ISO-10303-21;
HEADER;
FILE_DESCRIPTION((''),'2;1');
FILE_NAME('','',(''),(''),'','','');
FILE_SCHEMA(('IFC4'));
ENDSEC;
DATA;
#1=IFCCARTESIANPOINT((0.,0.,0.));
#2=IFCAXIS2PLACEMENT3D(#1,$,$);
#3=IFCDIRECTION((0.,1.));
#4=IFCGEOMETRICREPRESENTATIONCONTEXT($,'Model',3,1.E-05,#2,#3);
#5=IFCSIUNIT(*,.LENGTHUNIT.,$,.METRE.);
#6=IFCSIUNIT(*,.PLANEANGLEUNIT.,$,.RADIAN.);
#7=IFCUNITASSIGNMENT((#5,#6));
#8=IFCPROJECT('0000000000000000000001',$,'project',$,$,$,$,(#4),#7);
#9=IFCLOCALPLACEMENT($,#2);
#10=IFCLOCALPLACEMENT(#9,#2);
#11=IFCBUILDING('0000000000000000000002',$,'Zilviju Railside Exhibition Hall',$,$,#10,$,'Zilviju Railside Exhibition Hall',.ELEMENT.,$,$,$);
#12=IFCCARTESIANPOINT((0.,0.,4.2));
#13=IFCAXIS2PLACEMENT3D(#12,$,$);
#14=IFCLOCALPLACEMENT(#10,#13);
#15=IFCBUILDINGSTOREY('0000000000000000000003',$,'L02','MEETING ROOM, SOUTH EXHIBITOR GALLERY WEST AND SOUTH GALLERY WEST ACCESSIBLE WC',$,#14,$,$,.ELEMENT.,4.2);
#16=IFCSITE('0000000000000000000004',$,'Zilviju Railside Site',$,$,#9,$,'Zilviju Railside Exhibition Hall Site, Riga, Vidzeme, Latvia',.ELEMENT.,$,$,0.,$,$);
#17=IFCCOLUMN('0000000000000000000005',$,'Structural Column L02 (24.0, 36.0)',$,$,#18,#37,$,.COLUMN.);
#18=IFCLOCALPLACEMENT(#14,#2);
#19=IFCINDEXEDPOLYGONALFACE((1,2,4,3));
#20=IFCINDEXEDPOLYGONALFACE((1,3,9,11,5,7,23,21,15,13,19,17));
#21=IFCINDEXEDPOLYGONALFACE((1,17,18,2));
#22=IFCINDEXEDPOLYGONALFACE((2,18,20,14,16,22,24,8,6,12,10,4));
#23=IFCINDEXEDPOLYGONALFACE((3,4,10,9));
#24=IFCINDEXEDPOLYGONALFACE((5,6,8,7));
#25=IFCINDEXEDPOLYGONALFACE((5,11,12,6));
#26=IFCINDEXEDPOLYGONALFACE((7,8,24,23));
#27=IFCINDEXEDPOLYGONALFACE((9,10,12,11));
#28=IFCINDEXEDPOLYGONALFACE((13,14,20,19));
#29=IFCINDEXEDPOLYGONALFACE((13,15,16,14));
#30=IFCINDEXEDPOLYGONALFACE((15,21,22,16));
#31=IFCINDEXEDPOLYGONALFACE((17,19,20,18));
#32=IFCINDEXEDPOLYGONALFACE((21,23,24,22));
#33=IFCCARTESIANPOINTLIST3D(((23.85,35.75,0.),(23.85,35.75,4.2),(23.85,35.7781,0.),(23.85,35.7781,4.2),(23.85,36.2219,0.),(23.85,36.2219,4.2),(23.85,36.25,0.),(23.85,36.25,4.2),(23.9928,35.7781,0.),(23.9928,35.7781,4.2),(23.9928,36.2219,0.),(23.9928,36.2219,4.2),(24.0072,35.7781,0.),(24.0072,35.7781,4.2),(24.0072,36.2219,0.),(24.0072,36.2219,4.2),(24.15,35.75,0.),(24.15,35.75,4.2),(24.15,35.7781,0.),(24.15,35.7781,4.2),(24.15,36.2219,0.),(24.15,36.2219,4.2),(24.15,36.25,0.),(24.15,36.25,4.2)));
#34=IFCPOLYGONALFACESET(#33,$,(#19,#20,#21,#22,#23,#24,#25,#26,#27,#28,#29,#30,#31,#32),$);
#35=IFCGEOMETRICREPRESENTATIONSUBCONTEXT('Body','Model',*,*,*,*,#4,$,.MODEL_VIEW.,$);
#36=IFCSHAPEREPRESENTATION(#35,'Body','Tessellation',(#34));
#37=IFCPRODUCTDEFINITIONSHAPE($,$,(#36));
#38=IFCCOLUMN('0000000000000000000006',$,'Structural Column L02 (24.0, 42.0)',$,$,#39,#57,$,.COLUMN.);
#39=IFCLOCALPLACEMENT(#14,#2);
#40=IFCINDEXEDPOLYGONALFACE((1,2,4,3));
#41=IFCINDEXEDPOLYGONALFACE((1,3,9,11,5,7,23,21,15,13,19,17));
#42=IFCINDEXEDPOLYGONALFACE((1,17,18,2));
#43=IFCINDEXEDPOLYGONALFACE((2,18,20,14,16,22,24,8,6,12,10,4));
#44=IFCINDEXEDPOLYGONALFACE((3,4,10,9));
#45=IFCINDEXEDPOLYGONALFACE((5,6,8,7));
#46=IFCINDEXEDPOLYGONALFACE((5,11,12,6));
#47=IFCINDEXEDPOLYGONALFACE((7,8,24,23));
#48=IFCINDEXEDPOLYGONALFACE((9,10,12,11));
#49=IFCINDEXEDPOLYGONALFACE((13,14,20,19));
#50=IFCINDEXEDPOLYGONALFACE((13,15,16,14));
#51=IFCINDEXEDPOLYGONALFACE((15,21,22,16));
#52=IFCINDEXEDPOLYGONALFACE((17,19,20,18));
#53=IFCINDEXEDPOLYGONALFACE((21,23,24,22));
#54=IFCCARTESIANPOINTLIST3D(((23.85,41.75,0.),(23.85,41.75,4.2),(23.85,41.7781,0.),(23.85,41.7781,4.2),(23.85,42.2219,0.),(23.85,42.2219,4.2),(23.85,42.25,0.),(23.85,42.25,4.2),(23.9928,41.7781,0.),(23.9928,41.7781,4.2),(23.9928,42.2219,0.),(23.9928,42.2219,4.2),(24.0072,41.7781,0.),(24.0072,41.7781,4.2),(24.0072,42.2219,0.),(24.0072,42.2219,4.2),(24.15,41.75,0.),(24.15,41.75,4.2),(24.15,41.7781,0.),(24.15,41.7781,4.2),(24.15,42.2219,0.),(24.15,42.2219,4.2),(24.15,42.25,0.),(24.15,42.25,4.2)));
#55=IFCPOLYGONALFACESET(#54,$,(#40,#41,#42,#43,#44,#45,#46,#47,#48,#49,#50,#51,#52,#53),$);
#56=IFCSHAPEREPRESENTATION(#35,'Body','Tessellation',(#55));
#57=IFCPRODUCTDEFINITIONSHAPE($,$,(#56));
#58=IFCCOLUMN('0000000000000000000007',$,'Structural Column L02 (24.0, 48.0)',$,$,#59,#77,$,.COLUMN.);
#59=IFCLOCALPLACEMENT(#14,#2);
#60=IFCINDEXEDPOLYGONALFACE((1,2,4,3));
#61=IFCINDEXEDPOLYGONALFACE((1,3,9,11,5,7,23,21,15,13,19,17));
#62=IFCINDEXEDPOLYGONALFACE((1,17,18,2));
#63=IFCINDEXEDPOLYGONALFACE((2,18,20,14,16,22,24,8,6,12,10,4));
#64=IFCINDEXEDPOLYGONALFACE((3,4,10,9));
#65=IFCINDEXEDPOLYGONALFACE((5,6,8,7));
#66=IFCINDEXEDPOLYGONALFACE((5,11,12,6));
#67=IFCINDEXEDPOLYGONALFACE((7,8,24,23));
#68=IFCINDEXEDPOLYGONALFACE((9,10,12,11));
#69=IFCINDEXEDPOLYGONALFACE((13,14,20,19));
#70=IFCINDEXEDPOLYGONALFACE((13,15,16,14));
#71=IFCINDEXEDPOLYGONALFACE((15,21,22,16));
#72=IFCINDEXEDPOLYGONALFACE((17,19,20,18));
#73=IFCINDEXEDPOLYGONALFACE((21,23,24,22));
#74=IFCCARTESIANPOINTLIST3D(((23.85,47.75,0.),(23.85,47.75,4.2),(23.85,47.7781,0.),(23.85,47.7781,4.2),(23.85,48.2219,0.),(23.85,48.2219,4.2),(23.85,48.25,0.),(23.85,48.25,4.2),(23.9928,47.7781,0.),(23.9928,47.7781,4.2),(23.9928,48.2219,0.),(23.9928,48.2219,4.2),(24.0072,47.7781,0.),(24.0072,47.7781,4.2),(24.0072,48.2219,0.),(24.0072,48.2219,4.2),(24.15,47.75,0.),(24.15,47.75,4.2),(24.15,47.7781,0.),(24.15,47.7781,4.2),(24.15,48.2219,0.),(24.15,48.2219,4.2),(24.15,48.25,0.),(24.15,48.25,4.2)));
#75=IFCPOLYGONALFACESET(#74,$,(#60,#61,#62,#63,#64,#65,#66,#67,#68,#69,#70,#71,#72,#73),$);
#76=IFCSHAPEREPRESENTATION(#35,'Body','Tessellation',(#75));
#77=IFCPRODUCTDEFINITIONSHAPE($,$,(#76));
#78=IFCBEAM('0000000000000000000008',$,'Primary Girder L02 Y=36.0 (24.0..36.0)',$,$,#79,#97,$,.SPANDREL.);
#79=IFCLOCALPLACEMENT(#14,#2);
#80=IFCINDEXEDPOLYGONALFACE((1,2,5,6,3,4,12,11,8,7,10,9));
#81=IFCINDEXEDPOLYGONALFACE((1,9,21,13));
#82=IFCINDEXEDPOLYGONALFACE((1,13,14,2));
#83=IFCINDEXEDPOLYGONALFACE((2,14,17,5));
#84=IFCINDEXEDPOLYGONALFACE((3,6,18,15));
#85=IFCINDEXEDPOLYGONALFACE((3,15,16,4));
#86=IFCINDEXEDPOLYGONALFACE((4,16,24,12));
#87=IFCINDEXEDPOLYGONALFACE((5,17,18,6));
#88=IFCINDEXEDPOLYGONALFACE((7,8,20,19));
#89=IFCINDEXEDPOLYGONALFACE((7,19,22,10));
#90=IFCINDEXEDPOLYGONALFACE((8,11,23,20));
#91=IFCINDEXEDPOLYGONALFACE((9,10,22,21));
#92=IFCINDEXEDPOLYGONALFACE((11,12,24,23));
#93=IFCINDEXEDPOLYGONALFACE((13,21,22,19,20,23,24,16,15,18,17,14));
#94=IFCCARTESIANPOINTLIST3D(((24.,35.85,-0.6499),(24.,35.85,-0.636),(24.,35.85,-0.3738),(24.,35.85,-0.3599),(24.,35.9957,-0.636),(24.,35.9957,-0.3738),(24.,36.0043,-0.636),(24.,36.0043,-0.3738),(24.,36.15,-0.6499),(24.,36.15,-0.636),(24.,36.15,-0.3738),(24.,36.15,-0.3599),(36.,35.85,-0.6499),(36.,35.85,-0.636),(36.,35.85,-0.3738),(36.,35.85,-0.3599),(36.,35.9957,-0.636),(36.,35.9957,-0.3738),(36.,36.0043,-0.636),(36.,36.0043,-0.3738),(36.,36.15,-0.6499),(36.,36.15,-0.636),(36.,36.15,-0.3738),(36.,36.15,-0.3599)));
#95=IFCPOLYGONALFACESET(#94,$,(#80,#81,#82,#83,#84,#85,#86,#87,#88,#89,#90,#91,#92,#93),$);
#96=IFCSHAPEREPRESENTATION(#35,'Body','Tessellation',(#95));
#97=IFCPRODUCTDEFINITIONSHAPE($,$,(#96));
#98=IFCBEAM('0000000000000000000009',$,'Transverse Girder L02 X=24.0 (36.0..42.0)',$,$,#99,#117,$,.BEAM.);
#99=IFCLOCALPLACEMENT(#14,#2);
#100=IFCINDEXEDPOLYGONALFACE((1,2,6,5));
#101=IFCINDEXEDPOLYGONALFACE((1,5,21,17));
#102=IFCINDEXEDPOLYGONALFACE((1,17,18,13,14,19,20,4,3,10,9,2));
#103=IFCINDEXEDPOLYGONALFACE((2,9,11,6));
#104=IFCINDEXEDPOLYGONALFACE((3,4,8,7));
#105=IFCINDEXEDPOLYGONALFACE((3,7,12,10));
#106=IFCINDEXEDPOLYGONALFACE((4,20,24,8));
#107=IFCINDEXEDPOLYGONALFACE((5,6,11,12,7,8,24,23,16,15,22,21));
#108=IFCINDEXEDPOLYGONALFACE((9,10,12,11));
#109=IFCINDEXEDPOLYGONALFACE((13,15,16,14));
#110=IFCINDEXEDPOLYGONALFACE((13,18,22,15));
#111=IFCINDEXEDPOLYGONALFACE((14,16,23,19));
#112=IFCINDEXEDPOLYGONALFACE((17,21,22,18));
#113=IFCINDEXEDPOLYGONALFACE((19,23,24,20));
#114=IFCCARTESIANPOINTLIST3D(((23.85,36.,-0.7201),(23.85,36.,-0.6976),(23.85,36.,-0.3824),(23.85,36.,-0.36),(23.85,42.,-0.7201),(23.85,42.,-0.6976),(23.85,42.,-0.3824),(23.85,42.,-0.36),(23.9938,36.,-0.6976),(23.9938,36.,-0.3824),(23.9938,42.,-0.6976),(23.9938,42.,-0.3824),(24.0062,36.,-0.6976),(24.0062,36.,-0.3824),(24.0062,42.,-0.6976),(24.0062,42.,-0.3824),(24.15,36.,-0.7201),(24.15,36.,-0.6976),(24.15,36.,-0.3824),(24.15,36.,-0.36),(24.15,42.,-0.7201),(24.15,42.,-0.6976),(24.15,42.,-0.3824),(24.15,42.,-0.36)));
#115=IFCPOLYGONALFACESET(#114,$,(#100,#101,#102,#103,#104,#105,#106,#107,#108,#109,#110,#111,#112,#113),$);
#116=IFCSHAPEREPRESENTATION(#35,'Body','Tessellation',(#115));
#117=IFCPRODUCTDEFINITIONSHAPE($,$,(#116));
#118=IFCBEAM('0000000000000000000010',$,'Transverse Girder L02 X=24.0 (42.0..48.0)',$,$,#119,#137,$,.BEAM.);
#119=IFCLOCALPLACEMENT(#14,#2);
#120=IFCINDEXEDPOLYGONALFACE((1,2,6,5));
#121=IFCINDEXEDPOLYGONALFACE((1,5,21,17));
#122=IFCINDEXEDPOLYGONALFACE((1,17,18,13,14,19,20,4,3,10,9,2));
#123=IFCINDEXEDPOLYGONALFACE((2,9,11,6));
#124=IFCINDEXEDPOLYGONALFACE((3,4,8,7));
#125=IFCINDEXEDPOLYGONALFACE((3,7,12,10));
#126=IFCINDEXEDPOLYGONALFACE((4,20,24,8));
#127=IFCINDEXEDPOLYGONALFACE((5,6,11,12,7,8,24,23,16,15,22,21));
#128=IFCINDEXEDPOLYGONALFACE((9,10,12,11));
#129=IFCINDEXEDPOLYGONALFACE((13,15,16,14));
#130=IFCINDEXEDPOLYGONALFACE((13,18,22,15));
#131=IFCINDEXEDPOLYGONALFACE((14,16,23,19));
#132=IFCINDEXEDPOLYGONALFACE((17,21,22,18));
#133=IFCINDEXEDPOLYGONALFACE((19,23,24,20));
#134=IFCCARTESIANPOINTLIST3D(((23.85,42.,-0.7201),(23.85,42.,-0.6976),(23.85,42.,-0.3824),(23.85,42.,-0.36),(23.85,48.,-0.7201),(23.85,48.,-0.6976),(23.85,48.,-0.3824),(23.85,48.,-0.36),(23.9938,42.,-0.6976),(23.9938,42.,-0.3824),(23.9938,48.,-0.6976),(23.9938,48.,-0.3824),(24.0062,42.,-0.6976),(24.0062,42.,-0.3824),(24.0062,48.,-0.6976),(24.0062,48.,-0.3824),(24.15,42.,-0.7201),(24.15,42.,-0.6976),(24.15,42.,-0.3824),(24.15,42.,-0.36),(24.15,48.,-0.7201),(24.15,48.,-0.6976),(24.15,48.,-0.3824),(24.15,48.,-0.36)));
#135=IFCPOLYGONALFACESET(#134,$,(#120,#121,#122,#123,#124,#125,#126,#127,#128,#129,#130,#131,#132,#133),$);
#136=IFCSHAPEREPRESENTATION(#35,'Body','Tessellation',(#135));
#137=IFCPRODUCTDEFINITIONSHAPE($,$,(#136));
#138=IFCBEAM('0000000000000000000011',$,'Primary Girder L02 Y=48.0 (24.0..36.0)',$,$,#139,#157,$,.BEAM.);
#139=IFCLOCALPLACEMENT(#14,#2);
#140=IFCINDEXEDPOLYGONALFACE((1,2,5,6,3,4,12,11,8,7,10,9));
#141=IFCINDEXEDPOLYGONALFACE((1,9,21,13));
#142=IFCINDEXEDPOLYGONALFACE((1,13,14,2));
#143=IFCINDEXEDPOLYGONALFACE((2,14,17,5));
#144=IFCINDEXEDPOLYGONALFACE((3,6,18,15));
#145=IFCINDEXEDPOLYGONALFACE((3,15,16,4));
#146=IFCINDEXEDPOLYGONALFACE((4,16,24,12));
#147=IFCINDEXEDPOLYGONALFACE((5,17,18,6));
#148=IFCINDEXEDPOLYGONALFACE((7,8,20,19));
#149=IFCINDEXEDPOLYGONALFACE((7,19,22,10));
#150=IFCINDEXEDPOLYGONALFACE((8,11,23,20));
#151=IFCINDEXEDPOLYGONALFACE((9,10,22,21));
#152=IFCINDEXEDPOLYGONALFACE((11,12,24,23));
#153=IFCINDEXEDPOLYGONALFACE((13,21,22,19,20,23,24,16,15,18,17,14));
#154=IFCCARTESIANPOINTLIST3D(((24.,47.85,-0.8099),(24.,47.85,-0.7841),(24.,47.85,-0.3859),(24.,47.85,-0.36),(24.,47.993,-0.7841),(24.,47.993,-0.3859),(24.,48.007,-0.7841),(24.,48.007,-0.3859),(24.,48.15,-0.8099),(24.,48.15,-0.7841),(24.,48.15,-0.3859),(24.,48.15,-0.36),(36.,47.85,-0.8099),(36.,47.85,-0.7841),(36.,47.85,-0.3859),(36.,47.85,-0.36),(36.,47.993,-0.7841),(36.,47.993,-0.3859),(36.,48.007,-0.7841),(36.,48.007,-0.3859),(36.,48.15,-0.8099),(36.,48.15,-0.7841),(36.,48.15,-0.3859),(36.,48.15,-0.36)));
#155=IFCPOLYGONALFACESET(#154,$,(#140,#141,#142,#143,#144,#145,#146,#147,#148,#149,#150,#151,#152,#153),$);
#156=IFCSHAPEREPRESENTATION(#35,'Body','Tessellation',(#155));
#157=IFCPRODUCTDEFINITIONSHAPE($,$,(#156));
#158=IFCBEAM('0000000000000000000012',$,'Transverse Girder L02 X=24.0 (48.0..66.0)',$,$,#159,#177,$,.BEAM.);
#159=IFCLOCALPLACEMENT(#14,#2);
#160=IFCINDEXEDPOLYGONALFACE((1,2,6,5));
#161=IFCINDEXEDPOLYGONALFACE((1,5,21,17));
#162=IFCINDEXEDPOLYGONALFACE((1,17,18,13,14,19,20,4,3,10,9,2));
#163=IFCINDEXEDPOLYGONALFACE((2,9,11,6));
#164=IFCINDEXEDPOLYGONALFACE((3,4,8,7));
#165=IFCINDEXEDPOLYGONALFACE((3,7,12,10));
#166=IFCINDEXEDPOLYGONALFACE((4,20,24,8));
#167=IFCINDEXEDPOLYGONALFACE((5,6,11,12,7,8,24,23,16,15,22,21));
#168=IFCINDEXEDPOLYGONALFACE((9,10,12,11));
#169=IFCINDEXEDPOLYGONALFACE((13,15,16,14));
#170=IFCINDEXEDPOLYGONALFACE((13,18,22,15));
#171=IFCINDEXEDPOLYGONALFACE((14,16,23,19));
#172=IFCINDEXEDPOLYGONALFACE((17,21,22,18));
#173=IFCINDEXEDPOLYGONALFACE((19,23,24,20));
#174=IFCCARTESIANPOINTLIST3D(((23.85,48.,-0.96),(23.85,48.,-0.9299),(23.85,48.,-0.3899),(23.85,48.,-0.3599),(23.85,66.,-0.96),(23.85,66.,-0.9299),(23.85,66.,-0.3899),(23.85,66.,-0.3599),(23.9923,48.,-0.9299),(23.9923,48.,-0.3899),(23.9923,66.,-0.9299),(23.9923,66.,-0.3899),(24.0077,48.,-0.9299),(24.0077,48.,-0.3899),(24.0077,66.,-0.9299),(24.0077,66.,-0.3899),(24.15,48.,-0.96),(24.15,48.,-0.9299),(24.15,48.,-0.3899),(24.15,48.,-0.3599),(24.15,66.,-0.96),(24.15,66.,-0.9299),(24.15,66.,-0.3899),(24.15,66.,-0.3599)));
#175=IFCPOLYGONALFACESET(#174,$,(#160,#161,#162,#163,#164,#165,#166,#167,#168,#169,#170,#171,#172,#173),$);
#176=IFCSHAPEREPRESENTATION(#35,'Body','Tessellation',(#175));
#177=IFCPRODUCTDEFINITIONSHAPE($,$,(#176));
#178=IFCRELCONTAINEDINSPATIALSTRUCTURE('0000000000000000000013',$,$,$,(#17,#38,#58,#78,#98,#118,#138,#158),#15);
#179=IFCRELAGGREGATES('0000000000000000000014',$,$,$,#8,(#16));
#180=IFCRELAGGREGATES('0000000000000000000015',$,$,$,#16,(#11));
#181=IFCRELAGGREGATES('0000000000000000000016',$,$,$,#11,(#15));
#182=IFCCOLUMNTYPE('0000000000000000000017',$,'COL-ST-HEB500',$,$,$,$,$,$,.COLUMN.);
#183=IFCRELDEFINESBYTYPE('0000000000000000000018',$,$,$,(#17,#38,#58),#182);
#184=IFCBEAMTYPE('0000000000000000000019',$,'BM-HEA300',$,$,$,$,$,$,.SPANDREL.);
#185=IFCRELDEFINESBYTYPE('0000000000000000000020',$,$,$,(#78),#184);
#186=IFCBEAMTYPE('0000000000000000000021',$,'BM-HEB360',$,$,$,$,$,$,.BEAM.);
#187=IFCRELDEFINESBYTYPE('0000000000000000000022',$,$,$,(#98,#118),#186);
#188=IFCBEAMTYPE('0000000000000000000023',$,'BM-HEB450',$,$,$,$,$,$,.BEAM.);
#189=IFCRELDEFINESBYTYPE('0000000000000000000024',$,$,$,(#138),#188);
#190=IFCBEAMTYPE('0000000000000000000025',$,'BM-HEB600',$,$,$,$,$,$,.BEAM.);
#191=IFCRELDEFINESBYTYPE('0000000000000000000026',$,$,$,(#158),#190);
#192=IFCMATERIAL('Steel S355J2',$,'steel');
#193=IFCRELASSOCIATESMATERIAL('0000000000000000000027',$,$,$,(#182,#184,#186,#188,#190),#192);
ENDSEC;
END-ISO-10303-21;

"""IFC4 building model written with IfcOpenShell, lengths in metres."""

from ifc_helpers import new_model, si_unit, direction, frame, origin, origin_2d, place, context, subcontext, project, spatial, i_section, extrude, material, material_profile, profile_set, type_object, element, save


model = new_model("IFC4")

# Units and contexts
model_context = context("Model", 3, precision=1e-05, world=origin(), true_north=direction((0.0, 1.0)))
body_context = subcontext(model_context, "Body", "Model", "MODEL_VIEW")
ifc_project = project(units=[si_unit("LENGTHUNIT", "METRE"), si_unit("PLANEANGLEUNIT", "RADIAN")], contexts=[model_context])

# Site, building, storey
site_placement = place(None, origin())
site = spatial("IfcSite", under=ifc_project, at=site_placement, Name="Zilviju Railside Site", LongName="Zilviju Railside Exhibition Hall Site, Riga, Vidzeme, Latvia", CompositionType="ELEMENT", RefElevation=0.0)
building_placement = place(site_placement, origin())
building = spatial("IfcBuilding", under=site, at=building_placement, Name="Zilviju Railside Exhibition Hall", LongName="Zilviju Railside Exhibition Hall", CompositionType="ELEMENT")
storey_placement = place(building_placement, frame((0.0, 0.0, 4.2)))
storey = spatial("IfcBuildingStorey", under=building, at=storey_placement, Name="L02", Description="MEETING ROOM, SOUTH EXHIBITOR GALLERY WEST AND SOUTH GALLERY WEST ACCESSIBLE WC", CompositionType="ELEMENT", Elevation=4.2)

# Columns
ifc_material_1 = material(Name="Steel S355J2", Category="steel")
ifc_material_profile_1 = material_profile(ifc_material_1, i_section(OverallWidth=0.3, OverallDepth=0.5, WebThickness=0.0144, FlangeThickness=0.0281, at=origin_2d()), Name="HEB 500")
ifc_profile_set_1 = profile_set([ifc_material_profile_1], Name="Steel S355J2")
column_type = type_object("IfcColumnType", Name="COL-ST-HEB500", PredefinedType="COLUMN", material=ifc_profile_set_1)
for number, where, z_axis, x_axis, name in (
    (1, (24.0, 36.0, 0.0), (0.0, 0.0, 1.0), (1.0, 0.0, 0.0), "Structural Column L02 (24.0, 36.0)"),
    (2, (24.0, 42.0, 0.0), (0.0, 0.0, 1.0), (1.0, 0.0, 0.0), "Structural Column L02 (24.0, 42.0)"),
    (3, (24.0, 48.0, 0.0), (0.0, 0.0, 1.0), (1.0, 0.0, 0.0), "Structural Column L02 (24.0, 48.0)"),
):
    element("IfcColumn", number, at=place(storey_placement, frame(where, z_axis=z_axis, x_axis=x_axis)), inside=storey, type_object=column_type, Name=name, PredefinedType="COLUMN", context=body_context, shape_type="SweptSolid", body=[
        extrude(i_section(OverallWidth=0.3, OverallDepth=0.5, WebThickness=0.0144, FlangeThickness=0.0281, at=origin_2d()), origin(), (0.0, 0.0, 1.0), 4.2),
    ])

# Beams
ifc_material_profile_2 = material_profile(ifc_material_1, i_section(OverallWidth=0.3, OverallDepth=0.29, WebThickness=0.0085, FlangeThickness=0.0139, at=origin_2d()), Name="HEA 300")
ifc_profile_set_2 = profile_set([ifc_material_profile_2], Name="Steel S355J2")
beam_type_1 = type_object("IfcBeamType", Name="BM-HEA300", PredefinedType="SPANDREL", material=ifc_profile_set_2)
beam_1_placement = place(storey_placement, frame((24.0, 36.0, -0.5049), z_axis=(1.0, 0.0, 0.0), x_axis=(0.0, 1.0, 0.0)))
element("IfcBeam", 4, at=beam_1_placement, inside=storey, type_object=beam_type_1, Name="Primary Girder L02 Y=36.0 (24.0..36.0)", PredefinedType="SPANDREL", context=body_context, shape_type="SweptSolid", body=[
    extrude(i_section(OverallWidth=0.3, OverallDepth=0.29, WebThickness=0.0085, FlangeThickness=0.0139, at=origin_2d()), origin(), (0.0, 0.0, 1.0), 12.0),
])
ifc_material_profile_3 = material_profile(ifc_material_1, i_section(OverallWidth=0.3, OverallDepth=0.3601, WebThickness=0.0125, FlangeThickness=0.0225, at=origin_2d()), Name="HEB 360")
ifc_profile_set_3 = profile_set([ifc_material_profile_3], Name="Steel S355J2")
beam_type_2 = type_object("IfcBeamType", Name="BM-HEB360", PredefinedType="BEAM", material=ifc_profile_set_3)
for number, where, z_axis, x_axis, name in (
    (5, (24.0, 36.0, -0.54), (0.0, 1.0, 0.0), (-1.0, 0.0, 0.0), "Transverse Girder L02 X=24.0 (36.0..42.0)"),
    (6, (24.0, 42.0, -0.54), (0.0, 1.0, 0.0), (-1.0, 0.0, 0.0), "Transverse Girder L02 X=24.0 (42.0..48.0)"),
):
    element("IfcBeam", number, at=place(storey_placement, frame(where, z_axis=z_axis, x_axis=x_axis)), inside=storey, type_object=beam_type_2, Name=name, PredefinedType="BEAM", context=body_context, shape_type="SweptSolid", body=[
        extrude(i_section(OverallWidth=0.3, OverallDepth=0.3601, WebThickness=0.0125, FlangeThickness=0.0225, at=origin_2d()), origin(), (0.0, 0.0, 1.0), 6.0),
    ])
ifc_material_profile_4 = material_profile(ifc_material_1, i_section(OverallWidth=0.3, OverallDepth=0.45, WebThickness=0.0139, FlangeThickness=0.0259, at=origin_2d()), Name="HEB 450")
ifc_profile_set_4 = profile_set([ifc_material_profile_4], Name="Steel S355J2")
beam_type_3 = type_object("IfcBeamType", Name="BM-HEB450", PredefinedType="BEAM", material=ifc_profile_set_4)
beam_2_placement = place(storey_placement, frame((24.0, 48.0, -0.585), z_axis=(1.0, 0.0, 0.0), x_axis=(0.0, 1.0, 0.0)))
element("IfcBeam", 7, at=beam_2_placement, inside=storey, type_object=beam_type_3, Name="Primary Girder L02 Y=48.0 (24.0..36.0)", PredefinedType="BEAM", context=body_context, shape_type="SweptSolid", body=[
    extrude(i_section(OverallWidth=0.3, OverallDepth=0.45, WebThickness=0.0139, FlangeThickness=0.0259, at=origin_2d()), origin(), (0.0, 0.0, 1.0), 12.0),
])
ifc_material_profile_5 = material_profile(ifc_material_1, i_section(OverallWidth=0.3, OverallDepth=0.6001, WebThickness=0.0154, FlangeThickness=0.03, at=origin_2d()), Name="HEB 600")
ifc_profile_set_5 = profile_set([ifc_material_profile_5], Name="Steel S355J2")
beam_type_4 = type_object("IfcBeamType", Name="BM-HEB600", PredefinedType="BEAM", material=ifc_profile_set_5)
beam_3_placement = place(storey_placement, frame((24.0, 48.0, -0.6599), z_axis=(0.0, 1.0, 0.0), x_axis=(-1.0, 0.0, 0.0)))
element("IfcBeam", 8, at=beam_3_placement, inside=storey, type_object=beam_type_4, Name="Transverse Girder L02 X=24.0 (48.0..66.0)", PredefinedType="BEAM", context=body_context, shape_type="SweptSolid", body=[
    extrude(i_section(OverallWidth=0.3, OverallDepth=0.6001, WebThickness=0.0154, FlangeThickness=0.03, at=origin_2d()), origin(), (0.0, 0.0, 1.0), 18.0),
])

save(model, "model.ifc")
